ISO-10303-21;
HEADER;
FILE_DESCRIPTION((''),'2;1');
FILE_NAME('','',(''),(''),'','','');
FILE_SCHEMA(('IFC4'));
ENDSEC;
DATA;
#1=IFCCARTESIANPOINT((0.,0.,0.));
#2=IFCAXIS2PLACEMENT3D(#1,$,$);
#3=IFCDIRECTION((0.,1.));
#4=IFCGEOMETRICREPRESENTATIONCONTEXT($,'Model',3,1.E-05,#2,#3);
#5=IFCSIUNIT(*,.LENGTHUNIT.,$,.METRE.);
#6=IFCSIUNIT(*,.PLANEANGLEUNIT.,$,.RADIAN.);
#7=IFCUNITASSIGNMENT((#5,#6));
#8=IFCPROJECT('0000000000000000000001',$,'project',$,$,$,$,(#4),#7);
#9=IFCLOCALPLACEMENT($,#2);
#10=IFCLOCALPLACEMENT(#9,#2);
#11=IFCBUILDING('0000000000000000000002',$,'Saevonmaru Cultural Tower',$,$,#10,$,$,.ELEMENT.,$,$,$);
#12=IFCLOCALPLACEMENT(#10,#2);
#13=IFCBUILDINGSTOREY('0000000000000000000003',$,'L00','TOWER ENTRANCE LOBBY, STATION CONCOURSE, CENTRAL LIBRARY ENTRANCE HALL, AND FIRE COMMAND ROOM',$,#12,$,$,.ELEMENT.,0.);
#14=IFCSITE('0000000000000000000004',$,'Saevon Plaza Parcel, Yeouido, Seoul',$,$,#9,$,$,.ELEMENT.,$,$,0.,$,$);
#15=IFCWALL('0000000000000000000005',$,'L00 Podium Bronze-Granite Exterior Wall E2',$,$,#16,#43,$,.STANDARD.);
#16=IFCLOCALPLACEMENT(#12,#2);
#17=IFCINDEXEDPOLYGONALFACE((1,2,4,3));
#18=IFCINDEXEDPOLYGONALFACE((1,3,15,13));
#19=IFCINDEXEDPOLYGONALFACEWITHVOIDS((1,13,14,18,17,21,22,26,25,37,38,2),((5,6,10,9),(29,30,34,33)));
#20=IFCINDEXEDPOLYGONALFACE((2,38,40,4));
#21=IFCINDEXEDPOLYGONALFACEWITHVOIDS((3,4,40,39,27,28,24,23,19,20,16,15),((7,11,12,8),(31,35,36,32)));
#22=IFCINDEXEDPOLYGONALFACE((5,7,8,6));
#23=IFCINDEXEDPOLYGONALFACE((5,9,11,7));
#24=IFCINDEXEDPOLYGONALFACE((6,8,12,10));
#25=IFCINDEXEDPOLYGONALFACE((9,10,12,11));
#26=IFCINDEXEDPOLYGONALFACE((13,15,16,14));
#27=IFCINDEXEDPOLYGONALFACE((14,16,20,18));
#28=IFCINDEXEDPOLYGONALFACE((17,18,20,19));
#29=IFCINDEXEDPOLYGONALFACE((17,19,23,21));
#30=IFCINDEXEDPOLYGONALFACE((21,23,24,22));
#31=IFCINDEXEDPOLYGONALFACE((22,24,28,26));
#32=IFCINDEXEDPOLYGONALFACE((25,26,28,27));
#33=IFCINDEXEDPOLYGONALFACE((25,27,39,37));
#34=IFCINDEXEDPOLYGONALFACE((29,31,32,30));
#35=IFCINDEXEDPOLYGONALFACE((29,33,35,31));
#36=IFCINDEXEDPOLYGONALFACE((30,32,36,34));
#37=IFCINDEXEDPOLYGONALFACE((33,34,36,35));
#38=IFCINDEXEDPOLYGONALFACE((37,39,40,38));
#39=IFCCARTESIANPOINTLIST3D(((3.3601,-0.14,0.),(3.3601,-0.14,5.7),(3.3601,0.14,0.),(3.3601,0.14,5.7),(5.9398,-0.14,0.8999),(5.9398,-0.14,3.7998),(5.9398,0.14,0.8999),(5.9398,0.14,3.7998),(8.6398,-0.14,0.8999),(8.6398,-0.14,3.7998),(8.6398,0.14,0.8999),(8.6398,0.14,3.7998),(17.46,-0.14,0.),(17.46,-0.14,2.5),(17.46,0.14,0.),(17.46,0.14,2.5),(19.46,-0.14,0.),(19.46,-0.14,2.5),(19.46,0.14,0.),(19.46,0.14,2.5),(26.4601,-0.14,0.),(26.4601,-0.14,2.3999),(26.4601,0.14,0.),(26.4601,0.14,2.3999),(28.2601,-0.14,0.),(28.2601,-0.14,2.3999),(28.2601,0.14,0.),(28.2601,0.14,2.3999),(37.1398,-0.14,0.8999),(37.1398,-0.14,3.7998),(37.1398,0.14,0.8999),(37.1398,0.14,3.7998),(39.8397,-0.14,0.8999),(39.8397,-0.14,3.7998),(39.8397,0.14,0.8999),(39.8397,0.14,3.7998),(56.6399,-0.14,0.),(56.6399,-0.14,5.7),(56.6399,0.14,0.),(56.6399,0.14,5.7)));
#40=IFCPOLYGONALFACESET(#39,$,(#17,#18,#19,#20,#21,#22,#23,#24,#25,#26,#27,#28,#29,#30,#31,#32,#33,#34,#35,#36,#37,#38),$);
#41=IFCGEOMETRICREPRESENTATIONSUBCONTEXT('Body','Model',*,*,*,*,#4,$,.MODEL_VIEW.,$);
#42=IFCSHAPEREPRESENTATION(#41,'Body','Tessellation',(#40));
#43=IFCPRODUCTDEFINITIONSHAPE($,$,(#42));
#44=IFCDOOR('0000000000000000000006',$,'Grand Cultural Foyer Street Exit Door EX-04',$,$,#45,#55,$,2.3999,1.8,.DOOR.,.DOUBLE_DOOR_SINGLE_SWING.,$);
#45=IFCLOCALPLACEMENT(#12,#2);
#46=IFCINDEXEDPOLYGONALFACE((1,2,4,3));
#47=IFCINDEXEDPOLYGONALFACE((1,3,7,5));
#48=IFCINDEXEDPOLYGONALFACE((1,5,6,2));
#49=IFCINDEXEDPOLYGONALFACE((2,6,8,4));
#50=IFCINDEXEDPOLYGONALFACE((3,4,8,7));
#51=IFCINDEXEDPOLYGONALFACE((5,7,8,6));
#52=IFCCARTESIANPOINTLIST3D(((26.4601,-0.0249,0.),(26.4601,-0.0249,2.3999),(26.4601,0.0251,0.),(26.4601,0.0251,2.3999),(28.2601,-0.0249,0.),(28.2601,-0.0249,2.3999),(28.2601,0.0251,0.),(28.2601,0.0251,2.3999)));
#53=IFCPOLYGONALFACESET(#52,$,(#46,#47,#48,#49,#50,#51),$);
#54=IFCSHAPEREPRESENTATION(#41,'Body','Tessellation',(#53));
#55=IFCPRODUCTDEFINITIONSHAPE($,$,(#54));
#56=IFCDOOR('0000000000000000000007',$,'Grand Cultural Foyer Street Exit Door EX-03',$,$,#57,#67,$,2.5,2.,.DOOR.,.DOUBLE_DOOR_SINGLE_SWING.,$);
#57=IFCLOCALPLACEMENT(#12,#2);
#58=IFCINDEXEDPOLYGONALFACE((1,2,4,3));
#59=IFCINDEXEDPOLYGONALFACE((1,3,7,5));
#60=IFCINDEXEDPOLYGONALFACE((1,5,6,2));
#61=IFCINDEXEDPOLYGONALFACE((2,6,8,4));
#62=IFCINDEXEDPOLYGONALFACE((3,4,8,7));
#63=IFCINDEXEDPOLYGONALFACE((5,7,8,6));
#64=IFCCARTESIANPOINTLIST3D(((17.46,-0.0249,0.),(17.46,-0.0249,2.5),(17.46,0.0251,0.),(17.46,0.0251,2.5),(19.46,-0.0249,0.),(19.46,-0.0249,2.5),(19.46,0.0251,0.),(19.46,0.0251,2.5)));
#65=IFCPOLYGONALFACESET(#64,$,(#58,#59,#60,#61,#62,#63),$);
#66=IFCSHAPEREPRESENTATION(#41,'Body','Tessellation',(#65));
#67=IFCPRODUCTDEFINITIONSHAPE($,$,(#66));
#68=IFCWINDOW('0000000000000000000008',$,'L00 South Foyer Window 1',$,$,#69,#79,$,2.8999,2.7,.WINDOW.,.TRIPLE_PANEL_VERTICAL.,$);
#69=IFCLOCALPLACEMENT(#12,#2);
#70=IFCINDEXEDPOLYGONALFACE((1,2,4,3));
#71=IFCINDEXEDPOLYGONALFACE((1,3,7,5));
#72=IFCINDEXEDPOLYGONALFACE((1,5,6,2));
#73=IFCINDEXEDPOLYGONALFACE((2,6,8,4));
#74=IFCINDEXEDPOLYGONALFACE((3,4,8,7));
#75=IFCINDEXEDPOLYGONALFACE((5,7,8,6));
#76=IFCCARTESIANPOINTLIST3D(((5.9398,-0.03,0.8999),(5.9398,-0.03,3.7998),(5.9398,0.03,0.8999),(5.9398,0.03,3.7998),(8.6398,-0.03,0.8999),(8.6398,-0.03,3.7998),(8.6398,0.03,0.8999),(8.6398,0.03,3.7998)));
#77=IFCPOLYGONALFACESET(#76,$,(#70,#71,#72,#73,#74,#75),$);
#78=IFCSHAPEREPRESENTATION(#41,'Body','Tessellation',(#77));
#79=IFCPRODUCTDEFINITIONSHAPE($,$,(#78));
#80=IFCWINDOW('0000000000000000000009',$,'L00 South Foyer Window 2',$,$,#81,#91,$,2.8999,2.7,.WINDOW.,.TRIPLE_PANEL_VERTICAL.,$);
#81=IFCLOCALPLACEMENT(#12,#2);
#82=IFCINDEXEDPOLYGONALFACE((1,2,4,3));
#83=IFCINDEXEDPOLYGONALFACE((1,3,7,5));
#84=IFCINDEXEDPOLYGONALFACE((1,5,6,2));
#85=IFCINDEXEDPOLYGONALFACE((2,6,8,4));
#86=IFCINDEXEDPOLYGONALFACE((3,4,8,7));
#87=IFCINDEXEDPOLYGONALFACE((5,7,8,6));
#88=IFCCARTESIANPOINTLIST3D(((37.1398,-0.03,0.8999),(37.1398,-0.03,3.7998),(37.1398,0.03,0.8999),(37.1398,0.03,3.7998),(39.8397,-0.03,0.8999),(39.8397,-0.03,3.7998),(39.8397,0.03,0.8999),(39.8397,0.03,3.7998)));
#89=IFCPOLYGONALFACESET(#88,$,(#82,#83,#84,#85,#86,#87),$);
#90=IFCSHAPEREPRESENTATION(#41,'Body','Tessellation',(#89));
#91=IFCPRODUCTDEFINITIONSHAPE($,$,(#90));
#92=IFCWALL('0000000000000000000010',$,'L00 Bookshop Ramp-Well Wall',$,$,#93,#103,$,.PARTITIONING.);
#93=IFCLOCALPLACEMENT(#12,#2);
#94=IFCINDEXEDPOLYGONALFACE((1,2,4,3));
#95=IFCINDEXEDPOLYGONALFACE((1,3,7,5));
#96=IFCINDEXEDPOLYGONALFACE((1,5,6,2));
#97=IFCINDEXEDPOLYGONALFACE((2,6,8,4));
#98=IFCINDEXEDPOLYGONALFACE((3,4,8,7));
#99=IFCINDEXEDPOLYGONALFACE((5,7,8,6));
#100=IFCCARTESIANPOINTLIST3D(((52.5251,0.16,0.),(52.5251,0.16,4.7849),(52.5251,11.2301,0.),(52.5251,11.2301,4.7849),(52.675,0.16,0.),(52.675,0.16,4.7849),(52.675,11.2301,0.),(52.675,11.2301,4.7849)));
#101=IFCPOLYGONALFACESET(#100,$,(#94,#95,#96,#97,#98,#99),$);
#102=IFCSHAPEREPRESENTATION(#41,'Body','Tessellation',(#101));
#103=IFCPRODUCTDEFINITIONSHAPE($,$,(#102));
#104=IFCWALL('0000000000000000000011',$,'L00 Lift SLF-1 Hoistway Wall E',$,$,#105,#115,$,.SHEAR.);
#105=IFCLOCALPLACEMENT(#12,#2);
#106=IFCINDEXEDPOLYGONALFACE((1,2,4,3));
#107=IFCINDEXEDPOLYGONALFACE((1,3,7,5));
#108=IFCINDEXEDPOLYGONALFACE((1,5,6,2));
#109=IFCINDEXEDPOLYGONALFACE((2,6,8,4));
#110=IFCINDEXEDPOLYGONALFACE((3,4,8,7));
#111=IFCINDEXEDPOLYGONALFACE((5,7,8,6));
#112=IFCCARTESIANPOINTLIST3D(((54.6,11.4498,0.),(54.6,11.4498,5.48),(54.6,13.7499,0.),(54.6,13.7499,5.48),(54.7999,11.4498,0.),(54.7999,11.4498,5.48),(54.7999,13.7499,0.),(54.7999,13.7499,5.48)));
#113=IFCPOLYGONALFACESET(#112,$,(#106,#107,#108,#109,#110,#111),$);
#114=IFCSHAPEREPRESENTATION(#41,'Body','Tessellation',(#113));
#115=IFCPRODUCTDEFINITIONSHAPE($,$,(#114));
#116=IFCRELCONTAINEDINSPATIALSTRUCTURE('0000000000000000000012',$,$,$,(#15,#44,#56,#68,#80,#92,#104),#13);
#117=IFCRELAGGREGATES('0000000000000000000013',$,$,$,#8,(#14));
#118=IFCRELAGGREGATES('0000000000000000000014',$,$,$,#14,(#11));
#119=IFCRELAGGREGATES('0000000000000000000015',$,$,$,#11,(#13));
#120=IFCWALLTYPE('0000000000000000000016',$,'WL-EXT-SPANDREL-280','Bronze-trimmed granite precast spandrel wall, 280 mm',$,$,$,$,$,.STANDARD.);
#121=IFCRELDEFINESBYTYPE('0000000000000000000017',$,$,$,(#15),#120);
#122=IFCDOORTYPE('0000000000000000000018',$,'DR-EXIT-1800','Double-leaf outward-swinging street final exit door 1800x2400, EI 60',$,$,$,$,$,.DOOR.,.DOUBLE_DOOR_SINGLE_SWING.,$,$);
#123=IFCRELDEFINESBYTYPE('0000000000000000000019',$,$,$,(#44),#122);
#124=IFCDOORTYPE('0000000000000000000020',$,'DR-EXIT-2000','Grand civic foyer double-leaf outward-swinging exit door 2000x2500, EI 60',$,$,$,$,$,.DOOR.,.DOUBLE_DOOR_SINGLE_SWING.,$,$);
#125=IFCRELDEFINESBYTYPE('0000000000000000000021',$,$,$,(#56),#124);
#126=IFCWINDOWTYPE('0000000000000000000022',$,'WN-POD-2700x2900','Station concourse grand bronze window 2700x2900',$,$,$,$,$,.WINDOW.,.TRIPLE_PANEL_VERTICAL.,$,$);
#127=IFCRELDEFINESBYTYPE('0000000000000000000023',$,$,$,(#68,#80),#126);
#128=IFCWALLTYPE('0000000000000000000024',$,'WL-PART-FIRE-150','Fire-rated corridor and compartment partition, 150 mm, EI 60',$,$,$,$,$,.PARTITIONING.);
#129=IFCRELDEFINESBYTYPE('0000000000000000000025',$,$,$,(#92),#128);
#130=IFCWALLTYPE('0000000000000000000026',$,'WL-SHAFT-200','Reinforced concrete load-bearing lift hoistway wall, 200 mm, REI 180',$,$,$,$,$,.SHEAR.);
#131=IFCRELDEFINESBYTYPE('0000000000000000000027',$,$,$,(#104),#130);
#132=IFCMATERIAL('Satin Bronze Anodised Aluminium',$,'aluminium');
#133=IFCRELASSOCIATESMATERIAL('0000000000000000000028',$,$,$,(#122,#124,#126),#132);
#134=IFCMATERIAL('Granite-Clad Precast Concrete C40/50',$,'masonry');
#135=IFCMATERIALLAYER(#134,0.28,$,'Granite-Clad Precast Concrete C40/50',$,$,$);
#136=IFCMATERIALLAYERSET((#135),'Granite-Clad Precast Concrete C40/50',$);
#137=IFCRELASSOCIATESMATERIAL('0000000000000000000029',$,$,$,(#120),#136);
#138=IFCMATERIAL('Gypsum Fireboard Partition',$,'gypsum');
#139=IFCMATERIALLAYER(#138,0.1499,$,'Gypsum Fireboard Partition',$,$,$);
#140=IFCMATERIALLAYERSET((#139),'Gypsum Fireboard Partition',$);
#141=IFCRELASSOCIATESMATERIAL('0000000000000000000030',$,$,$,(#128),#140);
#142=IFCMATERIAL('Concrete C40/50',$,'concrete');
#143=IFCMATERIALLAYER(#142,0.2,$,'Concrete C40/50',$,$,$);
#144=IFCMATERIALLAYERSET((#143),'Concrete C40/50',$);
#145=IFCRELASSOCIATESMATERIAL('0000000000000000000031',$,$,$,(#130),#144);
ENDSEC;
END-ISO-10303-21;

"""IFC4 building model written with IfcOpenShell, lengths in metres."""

from ifc_helpers import new_model, si_unit, direction, frame, frame_2d, origin, place, context, subcontext, project, spatial, rectangle, extrude, material, layer, layer_set, type_object, element, fill, save


model = new_model("IFC4")

# Units and contexts
model_context = context("Model", 3, precision=1e-05, world=origin(), true_north=direction((0.0, 1.0)))
body_context = subcontext(model_context, "Body", "Model", "MODEL_VIEW")
ifc_project = project(units=[si_unit("LENGTHUNIT", "METRE"), si_unit("PLANEANGLEUNIT", "RADIAN")], contexts=[model_context])

# Site, building, storey
site_placement = place(None, origin())
site = spatial("IfcSite", under=ifc_project, at=site_placement, Name="Saevon Plaza Parcel, Yeouido, Seoul", CompositionType="ELEMENT", RefElevation=0.0)
building_placement = place(site_placement, origin())
building = spatial("IfcBuilding", under=site, at=building_placement, Name="Saevonmaru Cultural Tower", CompositionType="ELEMENT")
storey_placement = place(building_placement, origin())
storey = spatial("IfcBuildingStorey", under=building, at=storey_placement, Name="L00", Description="TOWER ENTRANCE LOBBY, STATION CONCOURSE, CENTRAL LIBRARY ENTRANCE HALL, AND FIRE COMMAND ROOM", CompositionType="ELEMENT", Elevation=0.0)

# Shared definitions
ifc_material_1 = material(Name="Satin Bronze Anodised Aluminium", Category="aluminium")
door_type_1 = type_object("IfcDoorType", Name="DR-EXIT-1800", Description="Double-leaf outward-swinging street final exit door 1800x2400, EI 60", OperationType="DOUBLE_DOOR_SINGLE_SWING", PredefinedType="DOOR", material=ifc_material_1)

# Shared definitions
ifc_material_2 = material(Name="Granite-Clad Precast Concrete C40/50", Category="masonry")

# Wall, openings, doors, windows
ifc_layer_1 = layer(ifc_material_2, 0.28, Name="Granite-Clad Precast Concrete C40/50")
ifc_layer_set_1 = layer_set([ifc_layer_1], Name="Granite-Clad Precast Concrete C40/50")
wall_type_1 = type_object("IfcWallType", Name="WL-EXT-SPANDREL-280", Description="Bronze-trimmed granite precast spandrel wall, 280 mm", PredefinedType="STANDARD", material=ifc_layer_set_1)
wall_1_placement = place(storey_placement, frame((56.6399, 0.0, 0.0), z_axis=(0.0, 0.0, 1.0), x_axis=(-1.0, 0.0, 0.0)))
wall_1 = element("IfcWall", 1, at=wall_1_placement, inside=storey, type_object=wall_type_1, Name="L00 Podium Bronze-Granite Exterior Wall E2", PredefinedType="STANDARD", context=body_context, shape_type="SweptSolid", body=[
    extrude(rectangle(XDim=53.2798, YDim=0.28, at=frame_2d((26.6399, 0.0))), origin(), (0.0, 0.0, 1.0), 5.7),
])
opening_1_placement = place(wall_1_placement, frame((37.1799, 0.0, 0.0)))
opening_1 = element("IfcOpeningElement", 2, at=opening_1_placement, cuts=wall_1, PredefinedType="OPENING", context=body_context, shape_type="SweptSolid", body=[
    extrude(rectangle(XDim=2.0, YDim=2.5, at=frame_2d((1.0, 1.25))), frame((0.0, 0.1499, 0.0), z_axis=(0.0, -1.0, 0.0), x_axis=(1.0, 0.0, 0.0)), (0.0, 0.0, 1.0), 0.3),
])
opening_2_placement = place(wall_1_placement, frame((28.3799, 0.0, 0.0)))
opening_2 = element("IfcOpeningElement", 3, at=opening_2_placement, cuts=wall_1, PredefinedType="OPENING", context=body_context, shape_type="SweptSolid", body=[
    extrude(rectangle(XDim=1.8, YDim=2.3999, at=frame_2d((0.8999, 1.2))), frame((0.0, 0.1499, 0.0), z_axis=(0.0, -1.0, 0.0), x_axis=(1.0, 0.0, 0.0)), (0.0, 0.0, 1.0), 0.3),
])
opening_3_placement = place(wall_1_placement, frame((48.0, 0.0, 0.8999)))
opening_3 = element("IfcOpeningElement", 4, at=opening_3_placement, cuts=wall_1, PredefinedType="OPENING", context=body_context, shape_type="SweptSolid", body=[
    extrude(rectangle(XDim=2.7, YDim=2.8999, at=frame_2d((1.3501, 1.45))), frame((0.0, 0.1499, 0.0), z_axis=(0.0, -1.0, 0.0), x_axis=(1.0, 0.0, 0.0)), (0.0, 0.0, 1.0), 0.3),
])
opening_4_placement = place(wall_1_placement, frame((16.8, 0.0, 0.8999)))
opening_4 = element("IfcOpeningElement", 5, at=opening_4_placement, cuts=wall_1, PredefinedType="OPENING", context=body_context, shape_type="SweptSolid", body=[
    extrude(rectangle(XDim=2.7, YDim=2.8999, at=frame_2d((1.3501, 1.45))), frame((0.0, 0.1499, 0.0), z_axis=(0.0, -1.0, 0.0), x_axis=(1.0, 0.0, 0.0)), (0.0, 0.0, 1.0), 0.3),
])
door_1_placement = place(opening_2_placement, origin())
door_1 = element("IfcDoor", 6, at=door_1_placement, inside=storey, type_object=door_type_1, Name="Grand Cultural Foyer Street Exit Door EX-04", OperationType="DOUBLE_DOOR_SINGLE_SWING", OverallHeight=2.3999, OverallWidth=1.8, PredefinedType="DOOR", context=body_context, shape_type="SweptSolid", body=[
    extrude(rectangle(XDim=1.8, YDim=2.3999, at=frame_2d((0.8999, 1.2))), frame((0.0, 0.0249, 0.0), z_axis=(0.0, -1.0, 0.0), x_axis=(1.0, 0.0, 0.0)), (0.0, 0.0, 1.0), 0.05),
])
fill(opening_2, door_1)
door_type_2 = type_object("IfcDoorType", Name="DR-EXIT-2000", Description="Grand civic foyer double-leaf outward-swinging exit door 2000x2500, EI 60", OperationType="DOUBLE_DOOR_SINGLE_SWING", PredefinedType="DOOR", material=ifc_material_1)
door_2_placement = place(opening_1_placement, origin())
door_2 = element("IfcDoor", 7, at=door_2_placement, inside=storey, type_object=door_type_2, Name="Grand Cultural Foyer Street Exit Door EX-03", OperationType="DOUBLE_DOOR_SINGLE_SWING", OverallHeight=2.5, OverallWidth=2.0, PredefinedType="DOOR", context=body_context, shape_type="SweptSolid", body=[
    extrude(rectangle(XDim=2.0, YDim=2.5, at=frame_2d((1.0, 1.25))), frame((0.0, 0.0249, 0.0), z_axis=(0.0, -1.0, 0.0), x_axis=(1.0, 0.0, 0.0)), (0.0, 0.0, 1.0), 0.05),
])
fill(opening_1, door_2)
window_type_1 = type_object("IfcWindowType", Name="WN-POD-2700x2900", Description="Station concourse grand bronze window 2700x2900", PartitioningType="TRIPLE_PANEL_VERTICAL", PredefinedType="WINDOW", material=ifc_material_1)
window_1_placement = place(opening_3_placement, origin())
window_1 = element("IfcWindow", 8, at=window_1_placement, inside=storey, type_object=window_type_1, Name="L00 South Foyer Window 1", OverallHeight=2.8999, OverallWidth=2.7, PartitioningType="TRIPLE_PANEL_VERTICAL", PredefinedType="WINDOW", context=body_context, shape_type="SweptSolid", body=[
    extrude(rectangle(XDim=2.7, YDim=2.8999, at=frame_2d((1.3501, 1.45))), frame((0.0, 0.03, 0.0), z_axis=(0.0, -1.0, 0.0), x_axis=(1.0, 0.0, 0.0)), (0.0, 0.0, 1.0), 0.0601),
])
fill(opening_3, window_1)
window_2_placement = place(opening_4_placement, origin())
window_2 = element("IfcWindow", 9, at=window_2_placement, inside=storey, type_object=window_type_1, Name="L00 South Foyer Window 2", OverallHeight=2.8999, OverallWidth=2.7, PartitioningType="TRIPLE_PANEL_VERTICAL", PredefinedType="WINDOW", context=body_context, shape_type="SweptSolid", body=[
    extrude(rectangle(XDim=2.7, YDim=2.8999, at=frame_2d((1.3501, 1.45))), frame((0.0, 0.03, 0.0), z_axis=(0.0, -1.0, 0.0), x_axis=(1.0, 0.0, 0.0)), (0.0, 0.0, 1.0), 0.0601),
])
fill(opening_4, window_2)

# Walls
ifc_material_3 = material(Name="Gypsum Fireboard Partition", Category="gypsum")
ifc_layer_2 = layer(ifc_material_3, 0.1499, Name="Gypsum Fireboard Partition")
ifc_layer_set_2 = layer_set([ifc_layer_2], Name="Gypsum Fireboard Partition")
wall_type_2 = type_object("IfcWallType", Name="WL-PART-FIRE-150", Description="Fire-rated corridor and compartment partition, 150 mm, EI 60", PredefinedType="PARTITIONING", material=ifc_layer_set_2)
wall_2_placement = place(storey_placement, frame((52.6001, 0.1599, 0.0), z_axis=(0.0, 0.0, 1.0), x_axis=(0.0, 1.0, 0.0)))
element("IfcWall", 10, at=wall_2_placement, inside=storey, type_object=wall_type_2, Name="L00 Bookshop Ramp-Well Wall", PredefinedType="PARTITIONING", context=body_context, shape_type="SweptSolid", body=[
    extrude(rectangle(XDim=11.0701, YDim=0.1499, at=frame_2d((5.5352, 0.0))), origin(), (0.0, 0.0, 1.0), 4.7849),
])
ifc_material_4 = material(Name="Concrete C40/50", Category="concrete")
ifc_layer_3 = layer(ifc_material_4, 0.2, Name="Concrete C40/50")
ifc_layer_set_3 = layer_set([ifc_layer_3], Name="Concrete C40/50")
wall_type_3 = type_object("IfcWallType", Name="WL-SHAFT-200", Description="Reinforced concrete load-bearing lift hoistway wall, 200 mm, REI 180", PredefinedType="SHEAR", material=ifc_layer_set_3)
wall_3_placement = place(storey_placement, frame((54.7, 11.45, 0.0), z_axis=(0.0, 0.0, 1.0), x_axis=(0.0, 1.0, 0.0)))
element("IfcWall", 11, at=wall_3_placement, inside=storey, type_object=wall_type_3, Name="L00 Lift SLF-1 Hoistway Wall E", PredefinedType="SHEAR", context=body_context, shape_type="SweptSolid", body=[
    extrude(rectangle(XDim=2.3, YDim=0.2, at=frame_2d((1.1499, 0.0))), origin(), (0.0, 0.0, 1.0), 5.48),
])

save(model, "model.ifc")
